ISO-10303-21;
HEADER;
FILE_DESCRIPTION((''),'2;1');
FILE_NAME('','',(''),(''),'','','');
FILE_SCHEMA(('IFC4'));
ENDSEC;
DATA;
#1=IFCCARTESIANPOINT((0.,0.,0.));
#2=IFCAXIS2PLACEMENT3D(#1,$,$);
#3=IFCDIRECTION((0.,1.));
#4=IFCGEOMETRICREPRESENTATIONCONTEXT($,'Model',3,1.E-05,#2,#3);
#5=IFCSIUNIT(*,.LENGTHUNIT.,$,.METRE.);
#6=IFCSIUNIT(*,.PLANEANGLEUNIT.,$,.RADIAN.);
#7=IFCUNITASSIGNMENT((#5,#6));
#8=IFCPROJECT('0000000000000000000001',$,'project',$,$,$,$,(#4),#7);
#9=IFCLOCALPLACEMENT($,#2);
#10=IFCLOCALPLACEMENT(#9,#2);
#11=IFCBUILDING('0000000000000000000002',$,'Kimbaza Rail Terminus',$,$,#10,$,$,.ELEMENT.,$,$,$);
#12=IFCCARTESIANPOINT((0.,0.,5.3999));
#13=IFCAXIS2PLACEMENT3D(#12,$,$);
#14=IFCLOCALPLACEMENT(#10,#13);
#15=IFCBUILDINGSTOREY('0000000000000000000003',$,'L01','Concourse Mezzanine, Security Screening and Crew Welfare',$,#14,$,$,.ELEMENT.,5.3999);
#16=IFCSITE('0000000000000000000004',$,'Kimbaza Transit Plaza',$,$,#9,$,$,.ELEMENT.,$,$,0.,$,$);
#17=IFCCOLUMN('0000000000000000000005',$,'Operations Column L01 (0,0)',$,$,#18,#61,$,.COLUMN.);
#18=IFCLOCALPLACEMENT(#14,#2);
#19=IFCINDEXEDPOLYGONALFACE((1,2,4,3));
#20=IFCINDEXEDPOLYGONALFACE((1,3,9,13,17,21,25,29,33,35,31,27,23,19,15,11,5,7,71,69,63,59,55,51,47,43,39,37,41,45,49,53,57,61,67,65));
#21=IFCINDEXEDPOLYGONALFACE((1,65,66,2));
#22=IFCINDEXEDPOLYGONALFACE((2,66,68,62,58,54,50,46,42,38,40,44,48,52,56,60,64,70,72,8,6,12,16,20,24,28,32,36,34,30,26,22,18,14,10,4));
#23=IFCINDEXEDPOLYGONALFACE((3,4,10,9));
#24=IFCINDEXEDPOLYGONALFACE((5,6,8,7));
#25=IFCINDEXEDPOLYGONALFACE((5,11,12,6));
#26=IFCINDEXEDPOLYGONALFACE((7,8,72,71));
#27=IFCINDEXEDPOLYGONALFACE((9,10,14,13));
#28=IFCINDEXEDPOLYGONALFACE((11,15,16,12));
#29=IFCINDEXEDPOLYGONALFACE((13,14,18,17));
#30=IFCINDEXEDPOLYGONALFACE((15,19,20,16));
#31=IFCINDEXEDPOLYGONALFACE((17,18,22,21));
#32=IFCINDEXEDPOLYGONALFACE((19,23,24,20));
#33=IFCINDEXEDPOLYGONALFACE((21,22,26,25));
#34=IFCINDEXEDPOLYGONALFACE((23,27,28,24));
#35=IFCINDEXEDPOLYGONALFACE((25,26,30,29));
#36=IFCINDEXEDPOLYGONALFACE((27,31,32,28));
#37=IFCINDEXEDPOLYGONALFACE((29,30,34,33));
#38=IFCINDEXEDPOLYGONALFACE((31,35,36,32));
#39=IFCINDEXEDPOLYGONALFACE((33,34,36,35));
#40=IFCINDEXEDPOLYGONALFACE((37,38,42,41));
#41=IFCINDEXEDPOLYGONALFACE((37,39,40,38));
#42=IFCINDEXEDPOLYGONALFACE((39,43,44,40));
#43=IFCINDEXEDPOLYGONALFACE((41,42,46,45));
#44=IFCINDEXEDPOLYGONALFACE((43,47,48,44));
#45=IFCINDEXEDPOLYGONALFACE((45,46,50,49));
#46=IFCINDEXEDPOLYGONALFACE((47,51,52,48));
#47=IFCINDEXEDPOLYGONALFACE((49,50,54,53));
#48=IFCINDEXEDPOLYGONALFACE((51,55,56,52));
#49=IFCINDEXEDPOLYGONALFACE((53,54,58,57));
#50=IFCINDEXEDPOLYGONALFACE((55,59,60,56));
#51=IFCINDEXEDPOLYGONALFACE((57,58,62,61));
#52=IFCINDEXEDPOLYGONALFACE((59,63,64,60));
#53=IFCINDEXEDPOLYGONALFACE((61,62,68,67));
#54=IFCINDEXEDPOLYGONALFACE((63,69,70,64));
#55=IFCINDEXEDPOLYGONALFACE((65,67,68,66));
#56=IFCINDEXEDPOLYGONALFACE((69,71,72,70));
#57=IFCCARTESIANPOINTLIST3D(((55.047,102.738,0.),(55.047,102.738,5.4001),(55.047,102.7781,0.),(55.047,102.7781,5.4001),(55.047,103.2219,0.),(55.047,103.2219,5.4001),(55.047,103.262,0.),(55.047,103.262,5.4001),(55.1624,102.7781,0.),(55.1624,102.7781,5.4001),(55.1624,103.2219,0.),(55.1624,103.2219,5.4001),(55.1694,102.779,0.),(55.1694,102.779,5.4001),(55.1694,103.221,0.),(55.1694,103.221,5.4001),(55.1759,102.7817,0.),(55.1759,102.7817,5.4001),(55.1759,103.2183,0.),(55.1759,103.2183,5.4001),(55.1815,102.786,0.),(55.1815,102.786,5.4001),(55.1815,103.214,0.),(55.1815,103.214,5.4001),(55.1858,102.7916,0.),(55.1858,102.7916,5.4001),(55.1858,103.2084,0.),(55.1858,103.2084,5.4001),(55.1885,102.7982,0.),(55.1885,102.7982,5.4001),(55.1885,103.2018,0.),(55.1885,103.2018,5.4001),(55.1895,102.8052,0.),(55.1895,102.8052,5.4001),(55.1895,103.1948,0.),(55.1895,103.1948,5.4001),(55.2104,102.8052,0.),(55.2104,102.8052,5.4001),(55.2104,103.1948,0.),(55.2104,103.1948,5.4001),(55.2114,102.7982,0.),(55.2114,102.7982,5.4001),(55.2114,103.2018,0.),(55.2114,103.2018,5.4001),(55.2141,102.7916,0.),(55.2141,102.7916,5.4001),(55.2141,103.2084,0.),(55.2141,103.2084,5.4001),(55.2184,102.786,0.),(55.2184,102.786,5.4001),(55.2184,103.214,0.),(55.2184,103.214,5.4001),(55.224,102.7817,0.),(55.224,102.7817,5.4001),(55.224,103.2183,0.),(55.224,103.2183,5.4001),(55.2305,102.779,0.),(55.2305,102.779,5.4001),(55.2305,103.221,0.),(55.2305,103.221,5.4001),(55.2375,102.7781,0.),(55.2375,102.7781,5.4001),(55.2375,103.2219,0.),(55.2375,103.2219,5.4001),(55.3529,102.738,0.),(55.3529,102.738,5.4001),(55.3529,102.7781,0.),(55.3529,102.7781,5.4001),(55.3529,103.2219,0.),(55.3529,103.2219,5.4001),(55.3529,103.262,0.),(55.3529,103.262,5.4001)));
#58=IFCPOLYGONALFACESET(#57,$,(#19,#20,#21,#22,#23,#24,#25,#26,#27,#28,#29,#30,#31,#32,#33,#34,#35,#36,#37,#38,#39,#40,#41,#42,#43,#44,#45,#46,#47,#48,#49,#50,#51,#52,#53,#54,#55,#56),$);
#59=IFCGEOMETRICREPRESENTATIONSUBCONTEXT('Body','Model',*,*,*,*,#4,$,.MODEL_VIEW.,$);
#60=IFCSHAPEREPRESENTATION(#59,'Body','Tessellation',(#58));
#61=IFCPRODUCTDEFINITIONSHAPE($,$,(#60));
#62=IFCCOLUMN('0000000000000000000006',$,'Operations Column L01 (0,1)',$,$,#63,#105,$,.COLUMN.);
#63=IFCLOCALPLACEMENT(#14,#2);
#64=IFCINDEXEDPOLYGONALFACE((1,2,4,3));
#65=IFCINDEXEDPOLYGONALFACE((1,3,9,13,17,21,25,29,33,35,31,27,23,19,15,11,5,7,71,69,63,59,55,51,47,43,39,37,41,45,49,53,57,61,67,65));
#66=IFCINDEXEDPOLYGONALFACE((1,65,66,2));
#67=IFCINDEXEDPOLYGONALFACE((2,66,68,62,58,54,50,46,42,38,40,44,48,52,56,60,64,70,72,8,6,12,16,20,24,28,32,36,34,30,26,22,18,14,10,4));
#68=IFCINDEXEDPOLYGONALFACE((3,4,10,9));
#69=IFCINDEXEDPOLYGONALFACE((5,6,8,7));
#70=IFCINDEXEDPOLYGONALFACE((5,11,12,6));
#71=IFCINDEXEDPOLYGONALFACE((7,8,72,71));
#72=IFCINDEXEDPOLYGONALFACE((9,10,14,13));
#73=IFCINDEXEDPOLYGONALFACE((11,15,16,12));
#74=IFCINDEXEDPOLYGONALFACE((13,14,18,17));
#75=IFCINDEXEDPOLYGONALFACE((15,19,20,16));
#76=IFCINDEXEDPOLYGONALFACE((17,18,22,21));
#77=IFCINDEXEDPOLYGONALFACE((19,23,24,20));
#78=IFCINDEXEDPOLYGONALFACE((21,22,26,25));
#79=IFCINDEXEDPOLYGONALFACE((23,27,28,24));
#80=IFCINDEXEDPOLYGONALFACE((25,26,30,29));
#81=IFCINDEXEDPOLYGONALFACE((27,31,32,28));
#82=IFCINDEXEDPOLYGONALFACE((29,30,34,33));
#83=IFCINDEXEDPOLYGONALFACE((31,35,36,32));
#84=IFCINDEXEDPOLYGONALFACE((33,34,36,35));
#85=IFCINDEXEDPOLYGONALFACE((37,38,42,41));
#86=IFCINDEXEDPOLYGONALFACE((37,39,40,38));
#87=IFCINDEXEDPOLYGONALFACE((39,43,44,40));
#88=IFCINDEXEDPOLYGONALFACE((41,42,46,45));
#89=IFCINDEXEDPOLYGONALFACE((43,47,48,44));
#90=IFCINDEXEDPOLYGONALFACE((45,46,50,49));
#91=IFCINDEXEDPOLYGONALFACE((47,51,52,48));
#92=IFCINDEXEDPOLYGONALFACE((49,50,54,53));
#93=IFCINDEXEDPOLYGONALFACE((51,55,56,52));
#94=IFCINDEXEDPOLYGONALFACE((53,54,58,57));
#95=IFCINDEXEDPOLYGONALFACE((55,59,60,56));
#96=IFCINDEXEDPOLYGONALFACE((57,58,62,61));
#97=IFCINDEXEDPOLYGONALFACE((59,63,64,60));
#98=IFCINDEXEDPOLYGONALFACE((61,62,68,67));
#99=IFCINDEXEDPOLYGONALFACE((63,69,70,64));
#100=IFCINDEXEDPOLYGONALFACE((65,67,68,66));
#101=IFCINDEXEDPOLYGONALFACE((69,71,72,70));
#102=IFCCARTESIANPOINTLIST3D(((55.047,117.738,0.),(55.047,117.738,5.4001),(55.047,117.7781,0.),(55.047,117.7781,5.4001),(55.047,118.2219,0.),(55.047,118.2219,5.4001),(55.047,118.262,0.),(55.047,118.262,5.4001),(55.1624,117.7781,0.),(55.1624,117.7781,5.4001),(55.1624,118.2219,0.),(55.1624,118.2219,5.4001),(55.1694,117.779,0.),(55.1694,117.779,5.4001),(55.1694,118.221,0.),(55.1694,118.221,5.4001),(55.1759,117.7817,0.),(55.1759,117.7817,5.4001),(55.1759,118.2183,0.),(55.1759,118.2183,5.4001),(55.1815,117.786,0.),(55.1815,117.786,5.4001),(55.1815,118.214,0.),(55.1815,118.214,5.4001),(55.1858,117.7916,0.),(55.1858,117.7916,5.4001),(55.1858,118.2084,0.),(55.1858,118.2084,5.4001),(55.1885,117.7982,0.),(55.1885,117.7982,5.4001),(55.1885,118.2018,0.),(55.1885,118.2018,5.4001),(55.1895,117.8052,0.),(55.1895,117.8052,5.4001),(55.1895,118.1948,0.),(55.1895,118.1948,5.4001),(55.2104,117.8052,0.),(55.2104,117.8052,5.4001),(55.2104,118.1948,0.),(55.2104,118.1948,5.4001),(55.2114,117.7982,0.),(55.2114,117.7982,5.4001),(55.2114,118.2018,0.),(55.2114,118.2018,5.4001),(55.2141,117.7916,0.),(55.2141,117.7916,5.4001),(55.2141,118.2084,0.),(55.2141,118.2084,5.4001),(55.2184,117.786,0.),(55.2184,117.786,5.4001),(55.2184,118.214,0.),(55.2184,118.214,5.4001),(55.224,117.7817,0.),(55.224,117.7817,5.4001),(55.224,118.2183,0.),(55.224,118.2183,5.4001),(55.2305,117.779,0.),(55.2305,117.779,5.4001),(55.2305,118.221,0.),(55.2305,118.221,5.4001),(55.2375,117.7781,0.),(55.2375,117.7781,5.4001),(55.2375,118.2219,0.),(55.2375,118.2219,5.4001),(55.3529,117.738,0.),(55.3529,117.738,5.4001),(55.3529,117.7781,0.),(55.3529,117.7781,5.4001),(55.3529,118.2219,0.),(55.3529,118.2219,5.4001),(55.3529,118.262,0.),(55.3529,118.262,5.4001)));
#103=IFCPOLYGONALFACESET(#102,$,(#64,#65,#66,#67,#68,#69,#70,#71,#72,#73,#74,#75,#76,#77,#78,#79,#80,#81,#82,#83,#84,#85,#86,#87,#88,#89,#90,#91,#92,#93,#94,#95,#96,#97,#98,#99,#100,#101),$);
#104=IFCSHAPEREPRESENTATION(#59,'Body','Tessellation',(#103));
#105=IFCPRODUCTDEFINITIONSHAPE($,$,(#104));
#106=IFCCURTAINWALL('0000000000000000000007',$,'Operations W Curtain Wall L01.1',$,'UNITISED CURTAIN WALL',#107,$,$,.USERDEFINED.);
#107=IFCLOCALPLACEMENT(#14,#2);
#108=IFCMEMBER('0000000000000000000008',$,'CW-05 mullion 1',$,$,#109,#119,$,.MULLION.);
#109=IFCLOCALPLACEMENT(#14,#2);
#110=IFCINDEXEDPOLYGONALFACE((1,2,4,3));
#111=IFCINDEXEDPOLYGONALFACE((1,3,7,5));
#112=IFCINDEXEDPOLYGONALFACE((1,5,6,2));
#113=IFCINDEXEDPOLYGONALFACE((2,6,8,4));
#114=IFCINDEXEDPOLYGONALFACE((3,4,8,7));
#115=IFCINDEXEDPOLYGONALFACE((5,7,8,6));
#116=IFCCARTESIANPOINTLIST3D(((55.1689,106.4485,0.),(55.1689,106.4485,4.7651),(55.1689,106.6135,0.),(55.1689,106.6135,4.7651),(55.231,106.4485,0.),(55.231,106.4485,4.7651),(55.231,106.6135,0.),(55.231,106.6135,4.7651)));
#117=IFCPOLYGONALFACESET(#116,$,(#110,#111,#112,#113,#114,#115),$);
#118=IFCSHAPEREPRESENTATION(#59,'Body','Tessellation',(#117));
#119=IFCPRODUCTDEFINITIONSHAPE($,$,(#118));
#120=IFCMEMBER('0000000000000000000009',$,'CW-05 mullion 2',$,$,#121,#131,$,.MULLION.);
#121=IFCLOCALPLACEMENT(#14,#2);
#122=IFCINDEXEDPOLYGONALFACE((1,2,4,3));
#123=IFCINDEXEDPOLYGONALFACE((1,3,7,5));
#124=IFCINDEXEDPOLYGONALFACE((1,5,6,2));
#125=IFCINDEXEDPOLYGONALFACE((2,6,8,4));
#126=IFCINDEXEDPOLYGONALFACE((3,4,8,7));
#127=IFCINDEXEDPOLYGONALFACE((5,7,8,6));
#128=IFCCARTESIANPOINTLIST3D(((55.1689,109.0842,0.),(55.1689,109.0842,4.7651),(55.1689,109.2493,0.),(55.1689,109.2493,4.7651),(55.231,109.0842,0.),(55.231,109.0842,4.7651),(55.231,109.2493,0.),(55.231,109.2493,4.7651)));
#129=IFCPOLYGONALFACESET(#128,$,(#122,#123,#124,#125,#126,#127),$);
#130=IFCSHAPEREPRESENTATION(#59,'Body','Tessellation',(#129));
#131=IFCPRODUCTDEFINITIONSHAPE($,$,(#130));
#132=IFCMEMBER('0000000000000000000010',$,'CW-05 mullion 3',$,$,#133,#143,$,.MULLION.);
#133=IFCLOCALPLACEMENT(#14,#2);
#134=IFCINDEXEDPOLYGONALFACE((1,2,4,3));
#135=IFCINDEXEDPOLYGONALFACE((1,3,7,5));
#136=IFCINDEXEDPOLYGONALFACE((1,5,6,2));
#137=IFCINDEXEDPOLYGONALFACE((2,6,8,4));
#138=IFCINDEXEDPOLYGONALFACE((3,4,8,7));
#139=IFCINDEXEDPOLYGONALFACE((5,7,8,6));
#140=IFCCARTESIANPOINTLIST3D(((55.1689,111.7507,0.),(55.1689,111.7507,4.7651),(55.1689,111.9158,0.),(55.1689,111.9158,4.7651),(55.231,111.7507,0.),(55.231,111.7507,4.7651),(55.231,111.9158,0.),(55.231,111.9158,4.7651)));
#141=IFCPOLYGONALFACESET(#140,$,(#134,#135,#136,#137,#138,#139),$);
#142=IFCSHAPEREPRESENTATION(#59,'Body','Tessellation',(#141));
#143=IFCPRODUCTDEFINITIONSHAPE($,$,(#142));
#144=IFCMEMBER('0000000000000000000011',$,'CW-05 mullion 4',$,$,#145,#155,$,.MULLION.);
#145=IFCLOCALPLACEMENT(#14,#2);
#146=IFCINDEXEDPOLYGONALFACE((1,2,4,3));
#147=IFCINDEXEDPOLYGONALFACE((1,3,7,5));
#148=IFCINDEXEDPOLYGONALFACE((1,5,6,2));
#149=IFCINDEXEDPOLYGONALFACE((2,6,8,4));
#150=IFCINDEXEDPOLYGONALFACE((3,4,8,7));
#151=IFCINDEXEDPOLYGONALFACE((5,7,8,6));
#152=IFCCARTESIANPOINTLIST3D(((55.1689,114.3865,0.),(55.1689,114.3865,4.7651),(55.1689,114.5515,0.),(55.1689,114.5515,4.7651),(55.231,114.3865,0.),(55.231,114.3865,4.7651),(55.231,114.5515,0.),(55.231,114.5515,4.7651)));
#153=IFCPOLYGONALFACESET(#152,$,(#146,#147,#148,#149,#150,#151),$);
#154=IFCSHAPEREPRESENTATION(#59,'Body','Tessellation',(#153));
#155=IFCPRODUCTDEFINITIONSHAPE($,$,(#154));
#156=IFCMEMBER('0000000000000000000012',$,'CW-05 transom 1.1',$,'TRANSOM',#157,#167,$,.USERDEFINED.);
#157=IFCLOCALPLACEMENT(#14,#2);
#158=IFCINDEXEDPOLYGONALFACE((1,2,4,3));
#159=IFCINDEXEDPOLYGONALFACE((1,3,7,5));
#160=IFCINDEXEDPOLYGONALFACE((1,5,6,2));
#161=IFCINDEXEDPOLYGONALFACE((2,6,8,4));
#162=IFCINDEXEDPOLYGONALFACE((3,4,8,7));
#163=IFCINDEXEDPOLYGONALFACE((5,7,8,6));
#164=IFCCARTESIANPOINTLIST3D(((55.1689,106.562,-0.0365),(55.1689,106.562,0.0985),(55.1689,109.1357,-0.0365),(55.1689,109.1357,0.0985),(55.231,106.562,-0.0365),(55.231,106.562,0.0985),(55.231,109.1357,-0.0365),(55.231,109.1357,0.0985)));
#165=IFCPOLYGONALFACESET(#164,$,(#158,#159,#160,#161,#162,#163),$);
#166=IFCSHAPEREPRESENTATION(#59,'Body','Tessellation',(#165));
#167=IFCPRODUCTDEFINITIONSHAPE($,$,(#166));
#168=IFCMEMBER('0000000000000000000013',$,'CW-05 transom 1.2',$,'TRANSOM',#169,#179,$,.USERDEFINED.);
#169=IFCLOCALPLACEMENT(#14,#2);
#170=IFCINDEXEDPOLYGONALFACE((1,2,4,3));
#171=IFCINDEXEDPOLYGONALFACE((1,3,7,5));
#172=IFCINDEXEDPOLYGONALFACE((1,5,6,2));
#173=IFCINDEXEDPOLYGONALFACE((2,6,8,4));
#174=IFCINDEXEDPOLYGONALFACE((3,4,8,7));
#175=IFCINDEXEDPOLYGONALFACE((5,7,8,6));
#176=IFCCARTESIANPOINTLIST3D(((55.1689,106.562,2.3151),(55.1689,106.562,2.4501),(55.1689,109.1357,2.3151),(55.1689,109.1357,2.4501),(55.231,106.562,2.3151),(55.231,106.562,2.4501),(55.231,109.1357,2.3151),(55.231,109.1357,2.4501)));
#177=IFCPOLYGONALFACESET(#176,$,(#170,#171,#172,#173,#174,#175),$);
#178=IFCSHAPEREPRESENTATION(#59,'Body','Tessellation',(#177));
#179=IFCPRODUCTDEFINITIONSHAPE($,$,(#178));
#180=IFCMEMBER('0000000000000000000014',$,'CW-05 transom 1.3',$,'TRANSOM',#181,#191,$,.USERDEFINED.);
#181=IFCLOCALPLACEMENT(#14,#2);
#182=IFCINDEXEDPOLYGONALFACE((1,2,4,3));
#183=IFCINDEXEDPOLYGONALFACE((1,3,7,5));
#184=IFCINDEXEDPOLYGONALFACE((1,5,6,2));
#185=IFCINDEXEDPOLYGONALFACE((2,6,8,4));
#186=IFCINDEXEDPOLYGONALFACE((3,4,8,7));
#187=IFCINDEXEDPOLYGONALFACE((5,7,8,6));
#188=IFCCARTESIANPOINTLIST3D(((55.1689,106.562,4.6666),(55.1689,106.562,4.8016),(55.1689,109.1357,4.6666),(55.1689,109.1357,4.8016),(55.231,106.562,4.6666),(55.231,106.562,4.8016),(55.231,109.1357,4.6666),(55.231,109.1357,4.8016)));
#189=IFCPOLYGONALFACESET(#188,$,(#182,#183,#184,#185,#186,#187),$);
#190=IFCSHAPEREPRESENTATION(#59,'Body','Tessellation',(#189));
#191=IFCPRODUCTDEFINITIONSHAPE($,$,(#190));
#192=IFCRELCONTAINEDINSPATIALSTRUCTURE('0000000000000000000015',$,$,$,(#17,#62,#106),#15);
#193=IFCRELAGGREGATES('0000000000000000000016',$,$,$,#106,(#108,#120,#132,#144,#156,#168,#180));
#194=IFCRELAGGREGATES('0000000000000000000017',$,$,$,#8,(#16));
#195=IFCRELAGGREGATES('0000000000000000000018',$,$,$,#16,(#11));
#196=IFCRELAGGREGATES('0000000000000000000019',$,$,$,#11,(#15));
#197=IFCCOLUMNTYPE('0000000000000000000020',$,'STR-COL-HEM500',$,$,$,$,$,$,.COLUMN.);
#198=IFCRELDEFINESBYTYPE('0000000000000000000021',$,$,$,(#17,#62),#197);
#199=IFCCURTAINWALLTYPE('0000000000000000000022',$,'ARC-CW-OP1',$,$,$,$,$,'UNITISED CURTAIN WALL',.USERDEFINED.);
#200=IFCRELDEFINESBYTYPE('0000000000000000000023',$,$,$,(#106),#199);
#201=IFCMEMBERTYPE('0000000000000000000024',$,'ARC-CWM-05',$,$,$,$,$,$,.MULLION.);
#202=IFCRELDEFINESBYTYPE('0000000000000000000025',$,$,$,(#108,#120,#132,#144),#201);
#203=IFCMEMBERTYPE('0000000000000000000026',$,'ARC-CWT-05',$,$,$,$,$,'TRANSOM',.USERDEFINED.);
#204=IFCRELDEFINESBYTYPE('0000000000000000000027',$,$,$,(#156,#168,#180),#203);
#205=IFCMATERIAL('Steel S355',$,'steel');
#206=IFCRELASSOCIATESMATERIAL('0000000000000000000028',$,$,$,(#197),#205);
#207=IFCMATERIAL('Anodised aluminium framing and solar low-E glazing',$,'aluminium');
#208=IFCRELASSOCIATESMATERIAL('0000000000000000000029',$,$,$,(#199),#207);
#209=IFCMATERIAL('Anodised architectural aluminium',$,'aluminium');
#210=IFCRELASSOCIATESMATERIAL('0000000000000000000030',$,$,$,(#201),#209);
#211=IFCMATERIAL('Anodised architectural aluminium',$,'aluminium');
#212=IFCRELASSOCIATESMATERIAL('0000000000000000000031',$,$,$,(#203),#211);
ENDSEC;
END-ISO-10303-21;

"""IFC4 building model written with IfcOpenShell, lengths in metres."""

from ifc_helpers import new_model, si_unit, direction, frame, origin, origin_2d, place, context, subcontext, project, spatial, rectangle, i_section, extrude, material, material_profile, profile_set, type_object, element, aggregate, save


model = new_model("IFC4")

# Units and contexts
model_context = context("Model", 3, precision=1e-05, world=origin(), true_north=direction((0.0, 1.0)))
body_context = subcontext(model_context, "Body", "Model", "MODEL_VIEW")
ifc_project = project(units=[si_unit("LENGTHUNIT", "METRE"), si_unit("PLANEANGLEUNIT", "RADIAN")], contexts=[model_context])

# Site, building, storey
site_placement = place(None, origin())
site = spatial("IfcSite", under=ifc_project, at=site_placement, Name="Kimbaza Transit Plaza", CompositionType="ELEMENT", RefElevation=0.0)
building_placement = place(site_placement, origin())
building = spatial("IfcBuilding", under=site, at=building_placement, Name="Kimbaza Rail Terminus", CompositionType="ELEMENT")
storey_placement = place(building_placement, frame((0.0, 0.0, 5.3999)))
storey = spatial("IfcBuildingStorey", under=building, at=storey_placement, Name="L01", Description="Concourse Mezzanine, Security Screening and Crew Welfare", CompositionType="ELEMENT", Elevation=5.3999)

# Columns
ifc_material_1 = material(Name="Steel S355", Category="steel")
ifc_material_profile_1 = material_profile(ifc_material_1, i_section(OverallWidth=0.3059, OverallDepth=0.5239, WebThickness=0.021, FlangeThickness=0.04, FilletRadius=0.0271, at=origin_2d()), Name="HEM 500")
ifc_profile_set_1 = profile_set([ifc_material_profile_1], Name="Steel S355")
column_type = type_object("IfcColumnType", Name="STR-COL-HEM500", PredefinedType="COLUMN", material=ifc_profile_set_1)
for number, where, z_axis, x_axis, name in (
    (1, (55.2, 103.0, 0.0), (0.0, 0.0, 1.0), (1.0, 0.0, 0.0), "Operations Column L01 (0,0)"),
    (2, (55.2, 118.0, 0.0), (0.0, 0.0, 1.0), (1.0, 0.0, 0.0), "Operations Column L01 (0,1)"),
):
    element("IfcColumn", number, at=place(storey_placement, frame(where, z_axis=z_axis, x_axis=x_axis)), inside=storey, type_object=column_type, Name=name, PredefinedType="COLUMN", context=body_context, shape_type="SweptSolid", body=[
        extrude(i_section(OverallWidth=0.3059, OverallDepth=0.5239, WebThickness=0.021, FlangeThickness=0.04, FilletRadius=0.0271, at=origin_2d()), origin(), (0.0, 0.0, 1.0), 5.4001),
    ])

# Curtain wall, members
ifc_material_2 = material(Name="Anodised aluminium framing and solar low-E glazing", Category="aluminium")
curtain_wall_type = type_object("IfcCurtainWallType", Name="ARC-CW-OP1", ElementType="UNITISED CURTAIN WALL", PredefinedType="USERDEFINED", material=ifc_material_2)
curtain_wall_placement = place(storey_placement, origin())
curtain_wall = element("IfcCurtainWall", 3, at=curtain_wall_placement, inside=storey, type_object=curtain_wall_type, Name="Operations W Curtain Wall L01.1", ObjectType="UNITISED CURTAIN WALL", PredefinedType="USERDEFINED")
ifc_material_3 = material(Name="Anodised architectural aluminium", Category="aluminium")
ifc_material_profile_2 = material_profile(ifc_material_3, rectangle(XDim=0.062, YDim=0.165, at=origin_2d()), Name="MULLION 62x165")
ifc_profile_set_2 = profile_set([ifc_material_profile_2], Name="Anodised architectural aluminium")
member_type_1 = type_object("IfcMemberType", Name="ARC-CWM-05", PredefinedType="MULLION", material=ifc_profile_set_2)
member_1_placement = place(storey_placement, frame((55.2, 106.531, 0.0), z_axis=(0.0, 0.0, 1.0), x_axis=(-1.0, 0.0, 0.0)))
member_1 = element("IfcMember", 4, at=member_1_placement, type_object=member_type_1, Name="CW-05 mullion 1", PredefinedType="MULLION", context=body_context, shape_type="SweptSolid", body=[
    extrude(rectangle(XDim=0.062, YDim=0.165, at=origin_2d()), origin(), (0.0, 0.0, 1.0), 4.7651),
])
member_2_placement = place(storey_placement, frame((55.2, 109.1667, 0.0), z_axis=(0.0, 0.0, 1.0), x_axis=(-1.0, 0.0, 0.0)))
member_2 = element("IfcMember", 5, at=member_2_placement, type_object=member_type_1, Name="CW-05 mullion 2", PredefinedType="MULLION", context=body_context, shape_type="SweptSolid", body=[
    extrude(rectangle(XDim=0.062, YDim=0.165, at=origin_2d()), origin(), (0.0, 0.0, 1.0), 4.7651),
])
member_3_placement = place(storey_placement, frame((55.2, 111.8333, 0.0), z_axis=(0.0, 0.0, 1.0), x_axis=(-1.0, 0.0, 0.0)))
member_3 = element("IfcMember", 6, at=member_3_placement, type_object=member_type_1, Name="CW-05 mullion 3", PredefinedType="MULLION", context=body_context, shape_type="SweptSolid", body=[
    extrude(rectangle(XDim=0.062, YDim=0.165, at=origin_2d()), origin(), (0.0, 0.0, 1.0), 4.7651),
])
member_4_placement = place(storey_placement, frame((55.2, 114.469, 0.0), z_axis=(0.0, 0.0, 1.0), x_axis=(-1.0, 0.0, 0.0)))
member_4 = element("IfcMember", 7, at=member_4_placement, type_object=member_type_1, Name="CW-05 mullion 4", PredefinedType="MULLION", context=body_context, shape_type="SweptSolid", body=[
    extrude(rectangle(XDim=0.062, YDim=0.165, at=origin_2d()), origin(), (0.0, 0.0, 1.0), 4.7651),
])
ifc_material_4 = material(Name="Anodised architectural aluminium", Category="aluminium")
ifc_material_profile_3 = material_profile(ifc_material_4, rectangle(XDim=0.062, YDim=0.135, at=origin_2d()), Name="TRANSOM 62x135")
ifc_profile_set_3 = profile_set([ifc_material_profile_3], Name="Anodised architectural aluminium")
member_type_2 = type_object("IfcMemberType", Name="ARC-CWT-05", ElementType="TRANSOM", PredefinedType="USERDEFINED", material=ifc_profile_set_3)
member_5_placement = place(storey_placement, frame((55.2, 106.562, 0.031), z_axis=(0.0, 1.0, 0.0), x_axis=(-1.0, 0.0, 0.0)))
member_5 = element("IfcMember", 8, at=member_5_placement, type_object=member_type_2, Name="CW-05 transom 1.1", ObjectType="TRANSOM", PredefinedType="USERDEFINED", context=body_context, shape_type="SweptSolid", body=[
    extrude(rectangle(XDim=0.062, YDim=0.135, at=origin_2d()), origin(), (0.0, 0.0, 1.0), 2.5737),
])
member_6_placement = place(storey_placement, frame((55.2, 106.562, 2.3826), z_axis=(0.0, 1.0, 0.0), x_axis=(-1.0, 0.0, 0.0)))
member_6 = element("IfcMember", 9, at=member_6_placement, type_object=member_type_2, Name="CW-05 transom 1.2", ObjectType="TRANSOM", PredefinedType="USERDEFINED", context=body_context, shape_type="SweptSolid", body=[
    extrude(rectangle(XDim=0.062, YDim=0.135, at=origin_2d()), origin(), (0.0, 0.0, 1.0), 2.5737),
])
member_7_placement = place(storey_placement, frame((55.2, 106.562, 4.7341), z_axis=(0.0, 1.0, 0.0), x_axis=(-1.0, 0.0, 0.0)))
member_7 = element("IfcMember", 10, at=member_7_placement, type_object=member_type_2, Name="CW-05 transom 1.3", ObjectType="TRANSOM", PredefinedType="USERDEFINED", context=body_context, shape_type="SweptSolid", body=[
    extrude(rectangle(XDim=0.062, YDim=0.135, at=origin_2d()), origin(), (0.0, 0.0, 1.0), 2.5737),
])

aggregate(curtain_wall, [member_1, member_2, member_3, member_4, member_5, member_6, member_7])

save(model, "model.ifc")
